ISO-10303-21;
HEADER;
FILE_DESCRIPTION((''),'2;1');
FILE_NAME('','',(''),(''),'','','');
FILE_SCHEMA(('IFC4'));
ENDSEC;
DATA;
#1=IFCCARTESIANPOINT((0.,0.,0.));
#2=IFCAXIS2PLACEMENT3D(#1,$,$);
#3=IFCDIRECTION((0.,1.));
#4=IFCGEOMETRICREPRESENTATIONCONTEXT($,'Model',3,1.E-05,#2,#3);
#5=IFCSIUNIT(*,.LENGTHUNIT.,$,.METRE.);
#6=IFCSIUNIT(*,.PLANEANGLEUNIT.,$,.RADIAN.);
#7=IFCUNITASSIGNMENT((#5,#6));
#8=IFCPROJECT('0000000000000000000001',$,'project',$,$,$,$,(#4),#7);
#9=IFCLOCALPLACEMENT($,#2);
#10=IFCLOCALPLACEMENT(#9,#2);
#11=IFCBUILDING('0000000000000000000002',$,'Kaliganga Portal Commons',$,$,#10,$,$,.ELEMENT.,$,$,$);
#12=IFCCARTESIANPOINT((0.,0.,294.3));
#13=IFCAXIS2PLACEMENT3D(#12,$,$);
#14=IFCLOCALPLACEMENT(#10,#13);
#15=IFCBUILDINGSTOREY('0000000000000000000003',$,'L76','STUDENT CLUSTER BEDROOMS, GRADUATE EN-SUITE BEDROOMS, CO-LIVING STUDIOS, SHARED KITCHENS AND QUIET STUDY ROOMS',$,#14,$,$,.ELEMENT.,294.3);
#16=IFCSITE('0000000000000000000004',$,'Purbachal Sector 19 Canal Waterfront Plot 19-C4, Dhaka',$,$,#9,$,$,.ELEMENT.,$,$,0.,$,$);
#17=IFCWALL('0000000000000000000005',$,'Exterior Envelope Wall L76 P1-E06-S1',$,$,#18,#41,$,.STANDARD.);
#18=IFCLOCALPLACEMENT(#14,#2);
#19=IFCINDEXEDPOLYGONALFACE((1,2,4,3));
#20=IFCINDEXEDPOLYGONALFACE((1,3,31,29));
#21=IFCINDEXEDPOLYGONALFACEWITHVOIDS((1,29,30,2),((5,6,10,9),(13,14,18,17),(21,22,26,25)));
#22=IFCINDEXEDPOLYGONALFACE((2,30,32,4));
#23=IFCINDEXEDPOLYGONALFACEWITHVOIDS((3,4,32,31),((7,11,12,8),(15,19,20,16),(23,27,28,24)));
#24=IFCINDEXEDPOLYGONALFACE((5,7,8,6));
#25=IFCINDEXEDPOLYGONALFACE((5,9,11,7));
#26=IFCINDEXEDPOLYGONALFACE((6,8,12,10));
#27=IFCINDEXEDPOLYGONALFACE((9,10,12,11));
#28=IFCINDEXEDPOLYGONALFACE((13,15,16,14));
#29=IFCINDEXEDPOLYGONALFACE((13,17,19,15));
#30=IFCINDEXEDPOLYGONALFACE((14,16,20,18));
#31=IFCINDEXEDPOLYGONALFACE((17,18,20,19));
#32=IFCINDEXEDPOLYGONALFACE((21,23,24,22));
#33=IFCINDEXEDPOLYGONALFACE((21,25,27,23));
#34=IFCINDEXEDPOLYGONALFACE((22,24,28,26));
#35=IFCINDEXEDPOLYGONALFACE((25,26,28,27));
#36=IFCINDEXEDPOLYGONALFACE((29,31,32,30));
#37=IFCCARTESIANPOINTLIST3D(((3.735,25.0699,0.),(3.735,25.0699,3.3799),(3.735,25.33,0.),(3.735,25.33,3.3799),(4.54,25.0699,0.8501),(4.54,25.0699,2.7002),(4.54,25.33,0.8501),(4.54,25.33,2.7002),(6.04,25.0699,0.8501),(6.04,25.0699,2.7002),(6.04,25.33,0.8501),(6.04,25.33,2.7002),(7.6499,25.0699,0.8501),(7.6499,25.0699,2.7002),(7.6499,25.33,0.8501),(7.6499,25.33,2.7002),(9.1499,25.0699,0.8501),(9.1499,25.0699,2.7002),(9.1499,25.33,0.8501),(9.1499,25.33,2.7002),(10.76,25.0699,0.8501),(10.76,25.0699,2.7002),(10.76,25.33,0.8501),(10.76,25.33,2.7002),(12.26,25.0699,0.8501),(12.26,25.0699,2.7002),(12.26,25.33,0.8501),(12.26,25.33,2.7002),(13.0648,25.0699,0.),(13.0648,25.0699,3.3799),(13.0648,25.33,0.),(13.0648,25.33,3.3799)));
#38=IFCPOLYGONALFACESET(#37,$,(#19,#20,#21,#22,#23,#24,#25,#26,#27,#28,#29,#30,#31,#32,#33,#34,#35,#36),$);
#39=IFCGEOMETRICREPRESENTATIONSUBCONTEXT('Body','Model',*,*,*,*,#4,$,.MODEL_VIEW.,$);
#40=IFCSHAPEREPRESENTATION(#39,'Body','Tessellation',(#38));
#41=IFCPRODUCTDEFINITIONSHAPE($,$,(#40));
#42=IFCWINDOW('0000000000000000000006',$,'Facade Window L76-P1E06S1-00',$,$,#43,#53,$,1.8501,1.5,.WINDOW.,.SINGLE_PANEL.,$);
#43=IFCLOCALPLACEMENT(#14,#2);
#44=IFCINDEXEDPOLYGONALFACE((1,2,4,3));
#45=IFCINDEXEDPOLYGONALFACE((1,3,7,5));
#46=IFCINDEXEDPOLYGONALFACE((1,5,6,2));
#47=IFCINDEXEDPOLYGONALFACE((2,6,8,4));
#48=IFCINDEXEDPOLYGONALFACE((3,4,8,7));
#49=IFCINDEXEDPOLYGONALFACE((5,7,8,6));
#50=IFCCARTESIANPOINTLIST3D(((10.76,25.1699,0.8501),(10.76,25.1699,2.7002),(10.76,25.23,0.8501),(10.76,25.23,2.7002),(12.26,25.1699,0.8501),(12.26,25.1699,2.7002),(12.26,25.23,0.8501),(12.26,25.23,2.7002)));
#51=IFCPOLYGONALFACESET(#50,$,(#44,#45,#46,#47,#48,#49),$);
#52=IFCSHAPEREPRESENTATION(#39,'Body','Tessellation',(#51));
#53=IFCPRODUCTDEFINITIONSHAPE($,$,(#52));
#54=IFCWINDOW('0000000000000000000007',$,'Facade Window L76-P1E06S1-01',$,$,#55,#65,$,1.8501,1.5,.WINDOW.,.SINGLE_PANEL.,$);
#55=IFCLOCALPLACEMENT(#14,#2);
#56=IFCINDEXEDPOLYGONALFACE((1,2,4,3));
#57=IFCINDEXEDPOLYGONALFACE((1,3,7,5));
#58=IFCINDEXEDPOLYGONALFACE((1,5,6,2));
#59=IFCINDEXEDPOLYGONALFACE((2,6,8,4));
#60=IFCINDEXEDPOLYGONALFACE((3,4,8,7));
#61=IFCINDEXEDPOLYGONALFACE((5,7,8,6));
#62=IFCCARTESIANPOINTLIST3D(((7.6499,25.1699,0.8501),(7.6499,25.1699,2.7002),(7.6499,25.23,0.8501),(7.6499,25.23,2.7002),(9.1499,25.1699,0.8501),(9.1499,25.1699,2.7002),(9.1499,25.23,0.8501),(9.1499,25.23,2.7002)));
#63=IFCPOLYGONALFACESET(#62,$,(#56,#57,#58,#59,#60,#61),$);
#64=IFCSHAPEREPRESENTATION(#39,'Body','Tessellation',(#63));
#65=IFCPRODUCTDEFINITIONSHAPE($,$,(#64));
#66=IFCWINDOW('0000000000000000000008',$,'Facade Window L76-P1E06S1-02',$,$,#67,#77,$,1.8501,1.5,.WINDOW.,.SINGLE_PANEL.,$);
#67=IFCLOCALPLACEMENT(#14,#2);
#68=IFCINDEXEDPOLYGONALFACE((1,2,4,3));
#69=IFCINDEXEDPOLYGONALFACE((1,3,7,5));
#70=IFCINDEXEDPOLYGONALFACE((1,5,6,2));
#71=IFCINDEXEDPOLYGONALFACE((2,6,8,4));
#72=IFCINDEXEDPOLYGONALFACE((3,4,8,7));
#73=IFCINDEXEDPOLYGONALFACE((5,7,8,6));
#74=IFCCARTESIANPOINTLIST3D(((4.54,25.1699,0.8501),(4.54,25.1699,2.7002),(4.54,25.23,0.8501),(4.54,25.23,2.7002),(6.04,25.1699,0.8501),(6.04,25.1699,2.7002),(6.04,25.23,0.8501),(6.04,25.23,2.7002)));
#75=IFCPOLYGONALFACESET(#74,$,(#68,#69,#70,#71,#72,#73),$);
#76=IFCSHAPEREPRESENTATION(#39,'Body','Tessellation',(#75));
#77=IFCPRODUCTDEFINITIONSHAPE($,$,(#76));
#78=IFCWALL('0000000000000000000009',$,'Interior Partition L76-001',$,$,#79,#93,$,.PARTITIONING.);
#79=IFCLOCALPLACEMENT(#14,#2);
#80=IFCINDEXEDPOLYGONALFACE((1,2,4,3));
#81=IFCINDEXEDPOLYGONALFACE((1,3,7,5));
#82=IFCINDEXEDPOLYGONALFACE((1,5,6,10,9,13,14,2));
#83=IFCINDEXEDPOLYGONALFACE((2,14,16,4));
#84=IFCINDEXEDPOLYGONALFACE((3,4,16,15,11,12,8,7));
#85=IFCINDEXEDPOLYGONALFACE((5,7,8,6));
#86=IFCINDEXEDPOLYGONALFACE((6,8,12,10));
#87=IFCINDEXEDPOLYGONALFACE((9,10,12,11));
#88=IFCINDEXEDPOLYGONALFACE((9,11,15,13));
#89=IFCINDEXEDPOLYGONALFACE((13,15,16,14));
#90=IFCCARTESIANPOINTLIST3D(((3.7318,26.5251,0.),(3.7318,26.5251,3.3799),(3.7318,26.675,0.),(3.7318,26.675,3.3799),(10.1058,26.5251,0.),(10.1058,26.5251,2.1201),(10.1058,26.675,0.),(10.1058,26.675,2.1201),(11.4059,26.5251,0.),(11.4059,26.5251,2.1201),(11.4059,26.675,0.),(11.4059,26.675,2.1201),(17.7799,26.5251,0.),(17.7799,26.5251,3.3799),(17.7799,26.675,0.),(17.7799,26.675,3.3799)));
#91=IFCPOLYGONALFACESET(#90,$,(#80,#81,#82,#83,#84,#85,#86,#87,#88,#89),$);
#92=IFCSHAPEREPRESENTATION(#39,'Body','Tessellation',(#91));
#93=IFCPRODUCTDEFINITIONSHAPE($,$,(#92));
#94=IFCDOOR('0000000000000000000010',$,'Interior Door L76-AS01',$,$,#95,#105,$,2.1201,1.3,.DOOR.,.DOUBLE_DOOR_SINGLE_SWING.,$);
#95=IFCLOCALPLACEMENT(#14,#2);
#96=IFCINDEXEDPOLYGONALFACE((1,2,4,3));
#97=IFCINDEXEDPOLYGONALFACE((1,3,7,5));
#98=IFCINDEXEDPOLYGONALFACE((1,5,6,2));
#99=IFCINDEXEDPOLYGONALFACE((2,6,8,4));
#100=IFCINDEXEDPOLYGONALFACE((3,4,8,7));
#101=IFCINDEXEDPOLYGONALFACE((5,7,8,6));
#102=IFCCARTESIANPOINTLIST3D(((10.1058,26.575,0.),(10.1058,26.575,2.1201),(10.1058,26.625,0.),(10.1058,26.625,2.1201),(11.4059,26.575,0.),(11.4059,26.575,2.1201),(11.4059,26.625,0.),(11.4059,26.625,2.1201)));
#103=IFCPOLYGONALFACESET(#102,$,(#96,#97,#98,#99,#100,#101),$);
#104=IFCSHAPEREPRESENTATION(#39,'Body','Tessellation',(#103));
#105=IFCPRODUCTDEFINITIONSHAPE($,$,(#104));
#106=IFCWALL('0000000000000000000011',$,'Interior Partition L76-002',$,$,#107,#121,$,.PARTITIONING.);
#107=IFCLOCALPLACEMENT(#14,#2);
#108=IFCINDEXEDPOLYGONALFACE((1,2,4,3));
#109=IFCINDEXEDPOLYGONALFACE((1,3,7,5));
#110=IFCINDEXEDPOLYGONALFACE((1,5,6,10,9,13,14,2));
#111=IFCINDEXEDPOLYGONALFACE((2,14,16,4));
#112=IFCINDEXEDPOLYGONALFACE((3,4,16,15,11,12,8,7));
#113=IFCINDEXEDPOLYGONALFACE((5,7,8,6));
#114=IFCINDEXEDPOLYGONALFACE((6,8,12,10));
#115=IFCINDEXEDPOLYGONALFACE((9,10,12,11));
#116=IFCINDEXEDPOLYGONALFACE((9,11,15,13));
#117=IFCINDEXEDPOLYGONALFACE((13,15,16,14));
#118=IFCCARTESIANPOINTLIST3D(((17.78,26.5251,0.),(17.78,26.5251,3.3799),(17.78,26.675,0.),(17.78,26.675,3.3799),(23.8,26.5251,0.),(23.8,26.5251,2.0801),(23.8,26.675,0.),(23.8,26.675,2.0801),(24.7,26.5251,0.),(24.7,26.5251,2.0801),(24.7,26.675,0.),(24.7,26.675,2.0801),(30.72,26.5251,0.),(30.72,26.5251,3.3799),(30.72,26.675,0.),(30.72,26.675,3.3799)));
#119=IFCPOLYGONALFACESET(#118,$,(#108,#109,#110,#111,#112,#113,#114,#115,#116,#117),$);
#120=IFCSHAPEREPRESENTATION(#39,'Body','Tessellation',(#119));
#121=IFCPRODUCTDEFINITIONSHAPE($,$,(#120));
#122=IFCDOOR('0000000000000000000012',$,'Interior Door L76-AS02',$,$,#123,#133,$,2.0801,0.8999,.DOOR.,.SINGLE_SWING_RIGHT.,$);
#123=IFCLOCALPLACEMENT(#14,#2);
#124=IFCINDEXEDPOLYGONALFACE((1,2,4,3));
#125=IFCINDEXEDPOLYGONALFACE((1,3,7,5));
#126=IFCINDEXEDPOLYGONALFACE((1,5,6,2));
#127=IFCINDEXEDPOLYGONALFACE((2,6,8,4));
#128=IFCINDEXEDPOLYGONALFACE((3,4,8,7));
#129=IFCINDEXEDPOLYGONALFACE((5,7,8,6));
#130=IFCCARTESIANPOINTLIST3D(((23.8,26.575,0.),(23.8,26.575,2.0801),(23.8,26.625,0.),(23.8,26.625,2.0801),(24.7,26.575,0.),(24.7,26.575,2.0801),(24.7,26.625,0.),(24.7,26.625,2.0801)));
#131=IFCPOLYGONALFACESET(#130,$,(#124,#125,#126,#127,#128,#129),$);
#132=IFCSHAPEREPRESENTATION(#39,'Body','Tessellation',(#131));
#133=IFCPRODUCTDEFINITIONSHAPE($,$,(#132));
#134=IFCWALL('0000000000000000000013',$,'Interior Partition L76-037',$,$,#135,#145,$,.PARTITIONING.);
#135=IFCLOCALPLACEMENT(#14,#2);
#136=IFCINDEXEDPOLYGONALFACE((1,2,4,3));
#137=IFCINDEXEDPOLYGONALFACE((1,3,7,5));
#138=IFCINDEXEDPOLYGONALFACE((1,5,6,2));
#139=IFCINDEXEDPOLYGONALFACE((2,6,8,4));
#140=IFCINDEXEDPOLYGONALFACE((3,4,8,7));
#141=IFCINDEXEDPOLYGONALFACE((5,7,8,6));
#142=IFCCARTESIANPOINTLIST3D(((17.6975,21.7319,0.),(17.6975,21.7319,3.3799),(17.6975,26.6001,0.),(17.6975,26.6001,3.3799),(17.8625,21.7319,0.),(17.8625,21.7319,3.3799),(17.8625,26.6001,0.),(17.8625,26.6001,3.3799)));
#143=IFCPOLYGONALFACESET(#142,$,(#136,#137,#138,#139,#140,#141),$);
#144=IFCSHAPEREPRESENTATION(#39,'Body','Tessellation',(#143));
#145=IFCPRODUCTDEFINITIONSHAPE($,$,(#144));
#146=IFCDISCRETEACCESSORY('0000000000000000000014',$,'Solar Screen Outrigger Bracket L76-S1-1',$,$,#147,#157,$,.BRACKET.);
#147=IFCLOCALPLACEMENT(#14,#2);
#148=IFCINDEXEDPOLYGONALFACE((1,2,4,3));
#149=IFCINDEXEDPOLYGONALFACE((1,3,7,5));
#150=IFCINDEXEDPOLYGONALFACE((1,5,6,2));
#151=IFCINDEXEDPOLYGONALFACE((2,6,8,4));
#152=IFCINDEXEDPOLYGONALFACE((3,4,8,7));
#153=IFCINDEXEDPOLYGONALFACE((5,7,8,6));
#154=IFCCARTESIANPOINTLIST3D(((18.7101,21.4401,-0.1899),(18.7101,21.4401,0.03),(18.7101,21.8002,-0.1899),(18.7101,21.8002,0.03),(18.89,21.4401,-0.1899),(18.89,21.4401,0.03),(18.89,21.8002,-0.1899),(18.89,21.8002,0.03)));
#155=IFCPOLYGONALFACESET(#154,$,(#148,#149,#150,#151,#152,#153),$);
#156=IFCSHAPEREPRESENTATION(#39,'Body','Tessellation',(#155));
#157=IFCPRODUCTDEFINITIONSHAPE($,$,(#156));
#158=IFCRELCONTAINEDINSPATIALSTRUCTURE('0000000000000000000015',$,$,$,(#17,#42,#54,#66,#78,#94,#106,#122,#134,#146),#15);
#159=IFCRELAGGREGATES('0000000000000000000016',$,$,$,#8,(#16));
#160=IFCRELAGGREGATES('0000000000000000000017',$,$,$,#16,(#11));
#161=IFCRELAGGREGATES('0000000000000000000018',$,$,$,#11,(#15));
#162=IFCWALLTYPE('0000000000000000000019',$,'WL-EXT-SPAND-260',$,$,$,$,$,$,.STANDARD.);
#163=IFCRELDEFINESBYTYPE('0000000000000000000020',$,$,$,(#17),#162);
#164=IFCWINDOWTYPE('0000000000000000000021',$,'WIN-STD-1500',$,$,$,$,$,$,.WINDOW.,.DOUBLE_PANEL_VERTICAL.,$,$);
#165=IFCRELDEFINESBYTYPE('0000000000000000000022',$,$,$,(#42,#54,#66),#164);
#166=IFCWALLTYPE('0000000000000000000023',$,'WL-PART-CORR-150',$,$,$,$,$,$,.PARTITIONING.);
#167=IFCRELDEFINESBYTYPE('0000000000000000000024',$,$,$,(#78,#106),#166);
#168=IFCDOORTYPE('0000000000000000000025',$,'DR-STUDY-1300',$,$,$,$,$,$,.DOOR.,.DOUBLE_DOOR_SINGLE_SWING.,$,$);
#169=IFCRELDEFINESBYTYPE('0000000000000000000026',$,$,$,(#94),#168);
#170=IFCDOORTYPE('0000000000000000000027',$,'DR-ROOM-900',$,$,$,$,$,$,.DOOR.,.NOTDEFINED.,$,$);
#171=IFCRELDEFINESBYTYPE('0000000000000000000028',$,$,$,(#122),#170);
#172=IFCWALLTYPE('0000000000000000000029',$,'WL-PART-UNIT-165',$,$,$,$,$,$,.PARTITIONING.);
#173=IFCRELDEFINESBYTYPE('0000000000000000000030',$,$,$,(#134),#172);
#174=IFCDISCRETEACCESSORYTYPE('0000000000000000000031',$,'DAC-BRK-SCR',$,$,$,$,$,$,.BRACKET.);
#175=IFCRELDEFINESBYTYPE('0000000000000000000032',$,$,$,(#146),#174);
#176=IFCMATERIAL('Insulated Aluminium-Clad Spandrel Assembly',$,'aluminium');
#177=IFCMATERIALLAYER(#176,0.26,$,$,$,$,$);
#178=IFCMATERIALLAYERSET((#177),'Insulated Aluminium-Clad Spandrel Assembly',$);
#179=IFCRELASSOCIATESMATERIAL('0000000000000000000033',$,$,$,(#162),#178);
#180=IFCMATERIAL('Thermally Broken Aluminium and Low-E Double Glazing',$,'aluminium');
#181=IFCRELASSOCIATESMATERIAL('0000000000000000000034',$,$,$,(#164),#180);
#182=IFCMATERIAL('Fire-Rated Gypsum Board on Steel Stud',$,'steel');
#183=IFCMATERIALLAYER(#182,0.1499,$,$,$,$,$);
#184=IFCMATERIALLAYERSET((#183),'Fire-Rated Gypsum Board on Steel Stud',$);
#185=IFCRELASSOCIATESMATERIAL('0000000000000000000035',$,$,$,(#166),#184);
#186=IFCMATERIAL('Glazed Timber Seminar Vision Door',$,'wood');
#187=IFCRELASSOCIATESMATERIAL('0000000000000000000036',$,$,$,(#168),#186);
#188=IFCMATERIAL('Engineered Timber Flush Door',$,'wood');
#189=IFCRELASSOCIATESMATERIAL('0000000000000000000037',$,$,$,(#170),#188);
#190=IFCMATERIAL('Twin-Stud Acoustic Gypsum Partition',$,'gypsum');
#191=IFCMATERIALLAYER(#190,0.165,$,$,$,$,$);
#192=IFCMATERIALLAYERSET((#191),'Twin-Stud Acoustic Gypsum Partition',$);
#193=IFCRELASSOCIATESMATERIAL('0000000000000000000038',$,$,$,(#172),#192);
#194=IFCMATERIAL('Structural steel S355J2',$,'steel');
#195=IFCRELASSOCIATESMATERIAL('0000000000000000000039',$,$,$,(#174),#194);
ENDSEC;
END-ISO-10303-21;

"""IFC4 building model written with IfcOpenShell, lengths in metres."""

from ifc_helpers import new_model, si_unit, direction, frame, frame_2d, origin, origin_2d, place, context, subcontext, project, spatial, rectangle, extrude, source, transform, mapped, material, layer, layer_set, type_object, element, fill, save


model = new_model("IFC4")

# Units and contexts
model_context = context("Model", 3, precision=1e-05, world=origin(), true_north=direction((0.0, 1.0)))
body_context = subcontext(model_context, "Body", "Model", "MODEL_VIEW")
ifc_project = project(units=[si_unit("LENGTHUNIT", "METRE"), si_unit("PLANEANGLEUNIT", "RADIAN")], contexts=[model_context])

# Site, building, storey
site_placement = place(None, origin())
site = spatial("IfcSite", under=ifc_project, at=site_placement, Name="Purbachal Sector 19 Canal Waterfront Plot 19-C4, Dhaka", CompositionType="ELEMENT", RefElevation=0.0)
building_placement = place(site_placement, origin())
building = spatial("IfcBuilding", under=site, at=building_placement, Name="Kaliganga Portal Commons", CompositionType="ELEMENT")
storey_placement = place(building_placement, frame((0.0, 0.0, 294.3)))
storey = spatial("IfcBuildingStorey", under=building, at=storey_placement, Name="L76", Description="STUDENT CLUSTER BEDROOMS, GRADUATE EN-SUITE BEDROOMS, CO-LIVING STUDIOS, SHARED KITCHENS AND QUIET STUDY ROOMS", CompositionType="ELEMENT", Elevation=294.3)

# Shared definitions
ifc_material_1 = material(Name="Structural steel S355J2", Category="steel")

# Shared definitions
ifc_material_2 = material(Name="Insulated Aluminium-Clad Spandrel Assembly", Category="aluminium")
ifc_layer_1 = layer(ifc_material_2, 0.26)
ifc_layer_set_1 = layer_set([ifc_layer_1], Name="Insulated Aluminium-Clad Spandrel Assembly")
wall_type_1 = type_object("IfcWallType", Name="WL-EXT-SPAND-260", PredefinedType="STANDARD", material=ifc_layer_set_1)
ifc_material_3 = material(Name="Thermally Broken Aluminium and Low-E Double Glazing", Category="aluminium")

# Wall, openings, windows
wall_1_placement = place(storey_placement, frame((13.0649, 25.2, 0.0), z_axis=(0.0, 0.0, 1.0), x_axis=(-1.0, 0.0, 0.0)))
wall_1 = element("IfcWall", 1, at=wall_1_placement, inside=storey, type_object=wall_type_1, Name="Exterior Envelope Wall L76 P1-E06-S1", PredefinedType="STANDARD", context=body_context, shape_type="SweptSolid", body=[
    extrude(rectangle(XDim=9.3298, YDim=0.26, at=frame_2d((4.665, 0.0))), origin(), (0.0, 0.0, 1.0), 3.3799),
])
opening_1_placement = place(wall_1_placement, frame((0.8049, 0.0, 0.8501)))
opening_1 = element("IfcOpeningElement", 2, at=opening_1_placement, cuts=wall_1, PredefinedType="OPENING", context=body_context, shape_type="SweptSolid", body=[
    extrude(rectangle(XDim=1.5, YDim=1.8501, at=frame_2d((0.75, 0.925))), frame((0.0, 0.1401, 0.0), z_axis=(0.0, -1.0, 0.0), x_axis=(1.0, 0.0, 0.0)), (0.0, 0.0, 1.0), 0.28),
])
opening_2_placement = place(wall_1_placement, frame((3.915, 0.0, 0.8501)))
opening_2 = element("IfcOpeningElement", 3, at=opening_2_placement, cuts=wall_1, PredefinedType="OPENING", context=body_context, shape_type="SweptSolid", body=[
    extrude(rectangle(XDim=1.5, YDim=1.8501, at=frame_2d((0.75, 0.925))), frame((0.0, 0.1401, 0.0), z_axis=(0.0, -1.0, 0.0), x_axis=(1.0, 0.0, 0.0)), (0.0, 0.0, 1.0), 0.28),
])
opening_3_placement = place(wall_1_placement, frame((7.0249, 0.0, 0.8501)))
opening_3 = element("IfcOpeningElement", 4, at=opening_3_placement, cuts=wall_1, PredefinedType="OPENING", context=body_context, shape_type="SweptSolid", body=[
    extrude(rectangle(XDim=1.5, YDim=1.8501, at=frame_2d((0.75, 0.925))), frame((0.0, 0.1401, 0.0), z_axis=(0.0, -1.0, 0.0), x_axis=(1.0, 0.0, 0.0)), (0.0, 0.0, 1.0), 0.28),
])
window_type_1 = type_object("IfcWindowType", Name="WIN-STD-1500", PartitioningType="DOUBLE_PANEL_VERTICAL", PredefinedType="WINDOW", material=ifc_material_3)
window_1_placement = place(opening_1_placement, origin())
window_1 = element("IfcWindow", 5, at=window_1_placement, inside=storey, type_object=window_type_1, Name="Facade Window L76-P1E06S1-00", OverallHeight=1.8501, OverallWidth=1.5, PartitioningType="SINGLE_PANEL", PredefinedType="WINDOW", context=body_context, shape_type="SweptSolid", body=[
    extrude(rectangle(XDim=1.5, YDim=1.8501, at=frame_2d((0.75, 0.925))), frame((0.0, 0.03, 0.0), z_axis=(0.0, -1.0, 0.0), x_axis=(1.0, 0.0, 0.0)), (0.0, 0.0, 1.0), 0.0601),
])
fill(opening_1, window_1)
window_2_placement = place(opening_2_placement, origin())
window_2 = element("IfcWindow", 6, at=window_2_placement, inside=storey, type_object=window_type_1, Name="Facade Window L76-P1E06S1-01", OverallHeight=1.8501, OverallWidth=1.5, PartitioningType="SINGLE_PANEL", PredefinedType="WINDOW", context=body_context, shape_type="SweptSolid", body=[
    extrude(rectangle(XDim=1.5, YDim=1.8501, at=frame_2d((0.75, 0.925))), frame((0.0, 0.03, 0.0), z_axis=(0.0, -1.0, 0.0), x_axis=(1.0, 0.0, 0.0)), (0.0, 0.0, 1.0), 0.0601),
])
fill(opening_2, window_2)
window_3_placement = place(opening_3_placement, origin())
window_3 = element("IfcWindow", 7, at=window_3_placement, inside=storey, type_object=window_type_1, Name="Facade Window L76-P1E06S1-02", OverallHeight=1.8501, OverallWidth=1.5, PartitioningType="SINGLE_PANEL", PredefinedType="WINDOW", context=body_context, shape_type="SweptSolid", body=[
    extrude(rectangle(XDim=1.5, YDim=1.8501, at=frame_2d((0.75, 0.925))), frame((0.0, 0.03, 0.0), z_axis=(0.0, -1.0, 0.0), x_axis=(1.0, 0.0, 0.0)), (0.0, 0.0, 1.0), 0.0601),
])
fill(opening_3, window_3)

# Walls, openings, doors
ifc_material_4 = material(Name="Fire-Rated Gypsum Board on Steel Stud", Category="steel")
ifc_layer_2 = layer(ifc_material_4, 0.1499)
ifc_layer_set_2 = layer_set([ifc_layer_2], Name="Fire-Rated Gypsum Board on Steel Stud")
wall_type_2 = type_object("IfcWallType", Name="WL-PART-CORR-150", PredefinedType="PARTITIONING", material=ifc_layer_set_2)
wall_2_placement = place(storey_placement, frame((3.7319, 26.6001, 0.0), z_axis=(0.0, 0.0, 1.0), x_axis=(1.0, 0.0, 0.0)))
wall_2 = element("IfcWall", 8, at=wall_2_placement, inside=storey, type_object=wall_type_2, Name="Interior Partition L76-001", PredefinedType="PARTITIONING", context=body_context, shape_type="SweptSolid", body=[
    extrude(rectangle(XDim=14.0481, YDim=0.1499, at=frame_2d((7.0239, 0.0))), origin(), (0.0, 0.0, 1.0), 3.3799),
])
opening_4_placement = place(wall_2_placement, frame((6.374, 0.0, 0.0)))
opening_4 = element("IfcOpeningElement", 9, at=opening_4_placement, cuts=wall_2, PredefinedType="OPENING", context=body_context, shape_type="SweptSolid", body=[
    extrude(rectangle(XDim=1.3, YDim=2.1201, at=frame_2d((0.6499, 1.0601))), frame((0.0, 0.085, 0.0), z_axis=(0.0, -1.0, 0.0), x_axis=(1.0, 0.0, 0.0)), (0.0, 0.0, 1.0), 0.1699),
])
ifc_material_5 = material(Name="Glazed Timber Seminar Vision Door", Category="wood")
door_type_1 = type_object("IfcDoorType", Name="DR-STUDY-1300", OperationType="DOUBLE_DOOR_SINGLE_SWING", PredefinedType="DOOR", material=ifc_material_5)
door_1_placement = place(opening_4_placement, origin())
door_1 = element("IfcDoor", 10, at=door_1_placement, inside=storey, type_object=door_type_1, Name="Interior Door L76-AS01", OperationType="DOUBLE_DOOR_SINGLE_SWING", OverallHeight=2.1201, OverallWidth=1.3, PredefinedType="DOOR", context=body_context, shape_type="SweptSolid", body=[
    extrude(rectangle(XDim=1.3, YDim=2.1201, at=frame_2d((0.6499, 1.0601))), frame((0.0, 0.0249, 0.0), z_axis=(0.0, -1.0, 0.0), x_axis=(1.0, 0.0, 0.0)), (0.0, 0.0, 1.0), 0.05),
])
fill(opening_4, door_1)
wall_3_placement = place(storey_placement, frame((17.78, 26.6001, 0.0), z_axis=(0.0, 0.0, 1.0), x_axis=(1.0, 0.0, 0.0)))
wall_3 = element("IfcWall", 11, at=wall_3_placement, inside=storey, type_object=wall_type_2, Name="Interior Partition L76-002", PredefinedType="PARTITIONING", context=body_context, shape_type="SweptSolid", body=[
    extrude(rectangle(XDim=12.9399, YDim=0.1499, at=frame_2d((6.47, 0.0))), origin(), (0.0, 0.0, 1.0), 3.3799),
])
opening_5_placement = place(wall_3_placement, frame((6.02, 0.0, 0.0)))
opening_5 = element("IfcOpeningElement", 12, at=opening_5_placement, cuts=wall_3, PredefinedType="OPENING", context=body_context, shape_type="SweptSolid", body=[
    extrude(rectangle(XDim=0.8999, YDim=2.0801, at=frame_2d((0.45, 1.04))), frame((0.0, 0.085, 0.0), z_axis=(0.0, -1.0, 0.0), x_axis=(1.0, 0.0, 0.0)), (0.0, 0.0, 1.0), 0.1699),
])
ifc_material_6 = material(Name="Engineered Timber Flush Door", Category="wood")
door_type_2 = type_object("IfcDoorType", Name="DR-ROOM-900", OperationType="NOTDEFINED", PredefinedType="DOOR", material=ifc_material_6)
door_2_placement = place(opening_5_placement, origin())
door_2 = element("IfcDoor", 13, at=door_2_placement, inside=storey, type_object=door_type_2, Name="Interior Door L76-AS02", OperationType="SINGLE_SWING_RIGHT", OverallHeight=2.0801, OverallWidth=0.8999, PredefinedType="DOOR", context=body_context, shape_type="SweptSolid", body=[
    extrude(rectangle(XDim=0.8999, YDim=2.0801, at=frame_2d((0.45, 1.04))), frame((0.0, 0.0249, 0.0), z_axis=(0.0, -1.0, 0.0), x_axis=(1.0, 0.0, 0.0)), (0.0, 0.0, 1.0), 0.05),
])
fill(opening_5, door_2)

# Wall
ifc_material_7 = material(Name="Twin-Stud Acoustic Gypsum Partition", Category="gypsum")
ifc_layer_3 = layer(ifc_material_7, 0.165)
ifc_layer_set_3 = layer_set([ifc_layer_3], Name="Twin-Stud Acoustic Gypsum Partition")
wall_type_3 = type_object("IfcWallType", Name="WL-PART-UNIT-165", PredefinedType="PARTITIONING", material=ifc_layer_set_3)
wall_4_placement = place(storey_placement, frame((17.78, 21.7319, 0.0), z_axis=(0.0, 0.0, 1.0), x_axis=(0.0, 1.0, 0.0)))
element("IfcWall", 14, at=wall_4_placement, inside=storey, type_object=wall_type_3, Name="Interior Partition L76-037", PredefinedType="PARTITIONING", context=body_context, shape_type="SweptSolid", body=[
    extrude(rectangle(XDim=4.8682, YDim=0.165, at=frame_2d((2.4341, 0.0))), origin(), (0.0, 0.0, 1.0), 3.3799),
])

# Discrete accessory
discrete_accessory_type = type_object("IfcDiscreteAccessoryType", Name="DAC-BRK-SCR", PredefinedType="BRACKET", material=ifc_material_1)
shared_shape_1 = source(origin(), body_context, "Body", "SweptSolid", [
    extrude(rectangle(XDim=0.1799, YDim=0.3601, at=origin_2d()), origin(), (0.0, 0.0, 1.0), 0.22),
])
for number, where, z_axis, x_axis, name in (
    (15, (18.8, 21.6201, -0.1899), (0.0, 0.0, 1.0), (1.0, 0.0, 0.0), "Solar Screen Outrigger Bracket L76-S1-1"),
):
    element("IfcDiscreteAccessory", number, at=place(storey_placement, frame(where, z_axis=z_axis, x_axis=x_axis)), inside=storey, type_object=discrete_accessory_type, Name=name, PredefinedType="BRACKET", context=body_context, shape_type="MappedRepresentation", body=[
        mapped(shared_shape_1, transform((0.0, 0.0, 0.0), x_axis=(1.0, 0.0, 0.0), y_axis=(0.0, 1.0, 0.0), z_axis=(0.0, 0.0, 1.0), scale=1.0)),
    ])

save(model, "model.ifc")
